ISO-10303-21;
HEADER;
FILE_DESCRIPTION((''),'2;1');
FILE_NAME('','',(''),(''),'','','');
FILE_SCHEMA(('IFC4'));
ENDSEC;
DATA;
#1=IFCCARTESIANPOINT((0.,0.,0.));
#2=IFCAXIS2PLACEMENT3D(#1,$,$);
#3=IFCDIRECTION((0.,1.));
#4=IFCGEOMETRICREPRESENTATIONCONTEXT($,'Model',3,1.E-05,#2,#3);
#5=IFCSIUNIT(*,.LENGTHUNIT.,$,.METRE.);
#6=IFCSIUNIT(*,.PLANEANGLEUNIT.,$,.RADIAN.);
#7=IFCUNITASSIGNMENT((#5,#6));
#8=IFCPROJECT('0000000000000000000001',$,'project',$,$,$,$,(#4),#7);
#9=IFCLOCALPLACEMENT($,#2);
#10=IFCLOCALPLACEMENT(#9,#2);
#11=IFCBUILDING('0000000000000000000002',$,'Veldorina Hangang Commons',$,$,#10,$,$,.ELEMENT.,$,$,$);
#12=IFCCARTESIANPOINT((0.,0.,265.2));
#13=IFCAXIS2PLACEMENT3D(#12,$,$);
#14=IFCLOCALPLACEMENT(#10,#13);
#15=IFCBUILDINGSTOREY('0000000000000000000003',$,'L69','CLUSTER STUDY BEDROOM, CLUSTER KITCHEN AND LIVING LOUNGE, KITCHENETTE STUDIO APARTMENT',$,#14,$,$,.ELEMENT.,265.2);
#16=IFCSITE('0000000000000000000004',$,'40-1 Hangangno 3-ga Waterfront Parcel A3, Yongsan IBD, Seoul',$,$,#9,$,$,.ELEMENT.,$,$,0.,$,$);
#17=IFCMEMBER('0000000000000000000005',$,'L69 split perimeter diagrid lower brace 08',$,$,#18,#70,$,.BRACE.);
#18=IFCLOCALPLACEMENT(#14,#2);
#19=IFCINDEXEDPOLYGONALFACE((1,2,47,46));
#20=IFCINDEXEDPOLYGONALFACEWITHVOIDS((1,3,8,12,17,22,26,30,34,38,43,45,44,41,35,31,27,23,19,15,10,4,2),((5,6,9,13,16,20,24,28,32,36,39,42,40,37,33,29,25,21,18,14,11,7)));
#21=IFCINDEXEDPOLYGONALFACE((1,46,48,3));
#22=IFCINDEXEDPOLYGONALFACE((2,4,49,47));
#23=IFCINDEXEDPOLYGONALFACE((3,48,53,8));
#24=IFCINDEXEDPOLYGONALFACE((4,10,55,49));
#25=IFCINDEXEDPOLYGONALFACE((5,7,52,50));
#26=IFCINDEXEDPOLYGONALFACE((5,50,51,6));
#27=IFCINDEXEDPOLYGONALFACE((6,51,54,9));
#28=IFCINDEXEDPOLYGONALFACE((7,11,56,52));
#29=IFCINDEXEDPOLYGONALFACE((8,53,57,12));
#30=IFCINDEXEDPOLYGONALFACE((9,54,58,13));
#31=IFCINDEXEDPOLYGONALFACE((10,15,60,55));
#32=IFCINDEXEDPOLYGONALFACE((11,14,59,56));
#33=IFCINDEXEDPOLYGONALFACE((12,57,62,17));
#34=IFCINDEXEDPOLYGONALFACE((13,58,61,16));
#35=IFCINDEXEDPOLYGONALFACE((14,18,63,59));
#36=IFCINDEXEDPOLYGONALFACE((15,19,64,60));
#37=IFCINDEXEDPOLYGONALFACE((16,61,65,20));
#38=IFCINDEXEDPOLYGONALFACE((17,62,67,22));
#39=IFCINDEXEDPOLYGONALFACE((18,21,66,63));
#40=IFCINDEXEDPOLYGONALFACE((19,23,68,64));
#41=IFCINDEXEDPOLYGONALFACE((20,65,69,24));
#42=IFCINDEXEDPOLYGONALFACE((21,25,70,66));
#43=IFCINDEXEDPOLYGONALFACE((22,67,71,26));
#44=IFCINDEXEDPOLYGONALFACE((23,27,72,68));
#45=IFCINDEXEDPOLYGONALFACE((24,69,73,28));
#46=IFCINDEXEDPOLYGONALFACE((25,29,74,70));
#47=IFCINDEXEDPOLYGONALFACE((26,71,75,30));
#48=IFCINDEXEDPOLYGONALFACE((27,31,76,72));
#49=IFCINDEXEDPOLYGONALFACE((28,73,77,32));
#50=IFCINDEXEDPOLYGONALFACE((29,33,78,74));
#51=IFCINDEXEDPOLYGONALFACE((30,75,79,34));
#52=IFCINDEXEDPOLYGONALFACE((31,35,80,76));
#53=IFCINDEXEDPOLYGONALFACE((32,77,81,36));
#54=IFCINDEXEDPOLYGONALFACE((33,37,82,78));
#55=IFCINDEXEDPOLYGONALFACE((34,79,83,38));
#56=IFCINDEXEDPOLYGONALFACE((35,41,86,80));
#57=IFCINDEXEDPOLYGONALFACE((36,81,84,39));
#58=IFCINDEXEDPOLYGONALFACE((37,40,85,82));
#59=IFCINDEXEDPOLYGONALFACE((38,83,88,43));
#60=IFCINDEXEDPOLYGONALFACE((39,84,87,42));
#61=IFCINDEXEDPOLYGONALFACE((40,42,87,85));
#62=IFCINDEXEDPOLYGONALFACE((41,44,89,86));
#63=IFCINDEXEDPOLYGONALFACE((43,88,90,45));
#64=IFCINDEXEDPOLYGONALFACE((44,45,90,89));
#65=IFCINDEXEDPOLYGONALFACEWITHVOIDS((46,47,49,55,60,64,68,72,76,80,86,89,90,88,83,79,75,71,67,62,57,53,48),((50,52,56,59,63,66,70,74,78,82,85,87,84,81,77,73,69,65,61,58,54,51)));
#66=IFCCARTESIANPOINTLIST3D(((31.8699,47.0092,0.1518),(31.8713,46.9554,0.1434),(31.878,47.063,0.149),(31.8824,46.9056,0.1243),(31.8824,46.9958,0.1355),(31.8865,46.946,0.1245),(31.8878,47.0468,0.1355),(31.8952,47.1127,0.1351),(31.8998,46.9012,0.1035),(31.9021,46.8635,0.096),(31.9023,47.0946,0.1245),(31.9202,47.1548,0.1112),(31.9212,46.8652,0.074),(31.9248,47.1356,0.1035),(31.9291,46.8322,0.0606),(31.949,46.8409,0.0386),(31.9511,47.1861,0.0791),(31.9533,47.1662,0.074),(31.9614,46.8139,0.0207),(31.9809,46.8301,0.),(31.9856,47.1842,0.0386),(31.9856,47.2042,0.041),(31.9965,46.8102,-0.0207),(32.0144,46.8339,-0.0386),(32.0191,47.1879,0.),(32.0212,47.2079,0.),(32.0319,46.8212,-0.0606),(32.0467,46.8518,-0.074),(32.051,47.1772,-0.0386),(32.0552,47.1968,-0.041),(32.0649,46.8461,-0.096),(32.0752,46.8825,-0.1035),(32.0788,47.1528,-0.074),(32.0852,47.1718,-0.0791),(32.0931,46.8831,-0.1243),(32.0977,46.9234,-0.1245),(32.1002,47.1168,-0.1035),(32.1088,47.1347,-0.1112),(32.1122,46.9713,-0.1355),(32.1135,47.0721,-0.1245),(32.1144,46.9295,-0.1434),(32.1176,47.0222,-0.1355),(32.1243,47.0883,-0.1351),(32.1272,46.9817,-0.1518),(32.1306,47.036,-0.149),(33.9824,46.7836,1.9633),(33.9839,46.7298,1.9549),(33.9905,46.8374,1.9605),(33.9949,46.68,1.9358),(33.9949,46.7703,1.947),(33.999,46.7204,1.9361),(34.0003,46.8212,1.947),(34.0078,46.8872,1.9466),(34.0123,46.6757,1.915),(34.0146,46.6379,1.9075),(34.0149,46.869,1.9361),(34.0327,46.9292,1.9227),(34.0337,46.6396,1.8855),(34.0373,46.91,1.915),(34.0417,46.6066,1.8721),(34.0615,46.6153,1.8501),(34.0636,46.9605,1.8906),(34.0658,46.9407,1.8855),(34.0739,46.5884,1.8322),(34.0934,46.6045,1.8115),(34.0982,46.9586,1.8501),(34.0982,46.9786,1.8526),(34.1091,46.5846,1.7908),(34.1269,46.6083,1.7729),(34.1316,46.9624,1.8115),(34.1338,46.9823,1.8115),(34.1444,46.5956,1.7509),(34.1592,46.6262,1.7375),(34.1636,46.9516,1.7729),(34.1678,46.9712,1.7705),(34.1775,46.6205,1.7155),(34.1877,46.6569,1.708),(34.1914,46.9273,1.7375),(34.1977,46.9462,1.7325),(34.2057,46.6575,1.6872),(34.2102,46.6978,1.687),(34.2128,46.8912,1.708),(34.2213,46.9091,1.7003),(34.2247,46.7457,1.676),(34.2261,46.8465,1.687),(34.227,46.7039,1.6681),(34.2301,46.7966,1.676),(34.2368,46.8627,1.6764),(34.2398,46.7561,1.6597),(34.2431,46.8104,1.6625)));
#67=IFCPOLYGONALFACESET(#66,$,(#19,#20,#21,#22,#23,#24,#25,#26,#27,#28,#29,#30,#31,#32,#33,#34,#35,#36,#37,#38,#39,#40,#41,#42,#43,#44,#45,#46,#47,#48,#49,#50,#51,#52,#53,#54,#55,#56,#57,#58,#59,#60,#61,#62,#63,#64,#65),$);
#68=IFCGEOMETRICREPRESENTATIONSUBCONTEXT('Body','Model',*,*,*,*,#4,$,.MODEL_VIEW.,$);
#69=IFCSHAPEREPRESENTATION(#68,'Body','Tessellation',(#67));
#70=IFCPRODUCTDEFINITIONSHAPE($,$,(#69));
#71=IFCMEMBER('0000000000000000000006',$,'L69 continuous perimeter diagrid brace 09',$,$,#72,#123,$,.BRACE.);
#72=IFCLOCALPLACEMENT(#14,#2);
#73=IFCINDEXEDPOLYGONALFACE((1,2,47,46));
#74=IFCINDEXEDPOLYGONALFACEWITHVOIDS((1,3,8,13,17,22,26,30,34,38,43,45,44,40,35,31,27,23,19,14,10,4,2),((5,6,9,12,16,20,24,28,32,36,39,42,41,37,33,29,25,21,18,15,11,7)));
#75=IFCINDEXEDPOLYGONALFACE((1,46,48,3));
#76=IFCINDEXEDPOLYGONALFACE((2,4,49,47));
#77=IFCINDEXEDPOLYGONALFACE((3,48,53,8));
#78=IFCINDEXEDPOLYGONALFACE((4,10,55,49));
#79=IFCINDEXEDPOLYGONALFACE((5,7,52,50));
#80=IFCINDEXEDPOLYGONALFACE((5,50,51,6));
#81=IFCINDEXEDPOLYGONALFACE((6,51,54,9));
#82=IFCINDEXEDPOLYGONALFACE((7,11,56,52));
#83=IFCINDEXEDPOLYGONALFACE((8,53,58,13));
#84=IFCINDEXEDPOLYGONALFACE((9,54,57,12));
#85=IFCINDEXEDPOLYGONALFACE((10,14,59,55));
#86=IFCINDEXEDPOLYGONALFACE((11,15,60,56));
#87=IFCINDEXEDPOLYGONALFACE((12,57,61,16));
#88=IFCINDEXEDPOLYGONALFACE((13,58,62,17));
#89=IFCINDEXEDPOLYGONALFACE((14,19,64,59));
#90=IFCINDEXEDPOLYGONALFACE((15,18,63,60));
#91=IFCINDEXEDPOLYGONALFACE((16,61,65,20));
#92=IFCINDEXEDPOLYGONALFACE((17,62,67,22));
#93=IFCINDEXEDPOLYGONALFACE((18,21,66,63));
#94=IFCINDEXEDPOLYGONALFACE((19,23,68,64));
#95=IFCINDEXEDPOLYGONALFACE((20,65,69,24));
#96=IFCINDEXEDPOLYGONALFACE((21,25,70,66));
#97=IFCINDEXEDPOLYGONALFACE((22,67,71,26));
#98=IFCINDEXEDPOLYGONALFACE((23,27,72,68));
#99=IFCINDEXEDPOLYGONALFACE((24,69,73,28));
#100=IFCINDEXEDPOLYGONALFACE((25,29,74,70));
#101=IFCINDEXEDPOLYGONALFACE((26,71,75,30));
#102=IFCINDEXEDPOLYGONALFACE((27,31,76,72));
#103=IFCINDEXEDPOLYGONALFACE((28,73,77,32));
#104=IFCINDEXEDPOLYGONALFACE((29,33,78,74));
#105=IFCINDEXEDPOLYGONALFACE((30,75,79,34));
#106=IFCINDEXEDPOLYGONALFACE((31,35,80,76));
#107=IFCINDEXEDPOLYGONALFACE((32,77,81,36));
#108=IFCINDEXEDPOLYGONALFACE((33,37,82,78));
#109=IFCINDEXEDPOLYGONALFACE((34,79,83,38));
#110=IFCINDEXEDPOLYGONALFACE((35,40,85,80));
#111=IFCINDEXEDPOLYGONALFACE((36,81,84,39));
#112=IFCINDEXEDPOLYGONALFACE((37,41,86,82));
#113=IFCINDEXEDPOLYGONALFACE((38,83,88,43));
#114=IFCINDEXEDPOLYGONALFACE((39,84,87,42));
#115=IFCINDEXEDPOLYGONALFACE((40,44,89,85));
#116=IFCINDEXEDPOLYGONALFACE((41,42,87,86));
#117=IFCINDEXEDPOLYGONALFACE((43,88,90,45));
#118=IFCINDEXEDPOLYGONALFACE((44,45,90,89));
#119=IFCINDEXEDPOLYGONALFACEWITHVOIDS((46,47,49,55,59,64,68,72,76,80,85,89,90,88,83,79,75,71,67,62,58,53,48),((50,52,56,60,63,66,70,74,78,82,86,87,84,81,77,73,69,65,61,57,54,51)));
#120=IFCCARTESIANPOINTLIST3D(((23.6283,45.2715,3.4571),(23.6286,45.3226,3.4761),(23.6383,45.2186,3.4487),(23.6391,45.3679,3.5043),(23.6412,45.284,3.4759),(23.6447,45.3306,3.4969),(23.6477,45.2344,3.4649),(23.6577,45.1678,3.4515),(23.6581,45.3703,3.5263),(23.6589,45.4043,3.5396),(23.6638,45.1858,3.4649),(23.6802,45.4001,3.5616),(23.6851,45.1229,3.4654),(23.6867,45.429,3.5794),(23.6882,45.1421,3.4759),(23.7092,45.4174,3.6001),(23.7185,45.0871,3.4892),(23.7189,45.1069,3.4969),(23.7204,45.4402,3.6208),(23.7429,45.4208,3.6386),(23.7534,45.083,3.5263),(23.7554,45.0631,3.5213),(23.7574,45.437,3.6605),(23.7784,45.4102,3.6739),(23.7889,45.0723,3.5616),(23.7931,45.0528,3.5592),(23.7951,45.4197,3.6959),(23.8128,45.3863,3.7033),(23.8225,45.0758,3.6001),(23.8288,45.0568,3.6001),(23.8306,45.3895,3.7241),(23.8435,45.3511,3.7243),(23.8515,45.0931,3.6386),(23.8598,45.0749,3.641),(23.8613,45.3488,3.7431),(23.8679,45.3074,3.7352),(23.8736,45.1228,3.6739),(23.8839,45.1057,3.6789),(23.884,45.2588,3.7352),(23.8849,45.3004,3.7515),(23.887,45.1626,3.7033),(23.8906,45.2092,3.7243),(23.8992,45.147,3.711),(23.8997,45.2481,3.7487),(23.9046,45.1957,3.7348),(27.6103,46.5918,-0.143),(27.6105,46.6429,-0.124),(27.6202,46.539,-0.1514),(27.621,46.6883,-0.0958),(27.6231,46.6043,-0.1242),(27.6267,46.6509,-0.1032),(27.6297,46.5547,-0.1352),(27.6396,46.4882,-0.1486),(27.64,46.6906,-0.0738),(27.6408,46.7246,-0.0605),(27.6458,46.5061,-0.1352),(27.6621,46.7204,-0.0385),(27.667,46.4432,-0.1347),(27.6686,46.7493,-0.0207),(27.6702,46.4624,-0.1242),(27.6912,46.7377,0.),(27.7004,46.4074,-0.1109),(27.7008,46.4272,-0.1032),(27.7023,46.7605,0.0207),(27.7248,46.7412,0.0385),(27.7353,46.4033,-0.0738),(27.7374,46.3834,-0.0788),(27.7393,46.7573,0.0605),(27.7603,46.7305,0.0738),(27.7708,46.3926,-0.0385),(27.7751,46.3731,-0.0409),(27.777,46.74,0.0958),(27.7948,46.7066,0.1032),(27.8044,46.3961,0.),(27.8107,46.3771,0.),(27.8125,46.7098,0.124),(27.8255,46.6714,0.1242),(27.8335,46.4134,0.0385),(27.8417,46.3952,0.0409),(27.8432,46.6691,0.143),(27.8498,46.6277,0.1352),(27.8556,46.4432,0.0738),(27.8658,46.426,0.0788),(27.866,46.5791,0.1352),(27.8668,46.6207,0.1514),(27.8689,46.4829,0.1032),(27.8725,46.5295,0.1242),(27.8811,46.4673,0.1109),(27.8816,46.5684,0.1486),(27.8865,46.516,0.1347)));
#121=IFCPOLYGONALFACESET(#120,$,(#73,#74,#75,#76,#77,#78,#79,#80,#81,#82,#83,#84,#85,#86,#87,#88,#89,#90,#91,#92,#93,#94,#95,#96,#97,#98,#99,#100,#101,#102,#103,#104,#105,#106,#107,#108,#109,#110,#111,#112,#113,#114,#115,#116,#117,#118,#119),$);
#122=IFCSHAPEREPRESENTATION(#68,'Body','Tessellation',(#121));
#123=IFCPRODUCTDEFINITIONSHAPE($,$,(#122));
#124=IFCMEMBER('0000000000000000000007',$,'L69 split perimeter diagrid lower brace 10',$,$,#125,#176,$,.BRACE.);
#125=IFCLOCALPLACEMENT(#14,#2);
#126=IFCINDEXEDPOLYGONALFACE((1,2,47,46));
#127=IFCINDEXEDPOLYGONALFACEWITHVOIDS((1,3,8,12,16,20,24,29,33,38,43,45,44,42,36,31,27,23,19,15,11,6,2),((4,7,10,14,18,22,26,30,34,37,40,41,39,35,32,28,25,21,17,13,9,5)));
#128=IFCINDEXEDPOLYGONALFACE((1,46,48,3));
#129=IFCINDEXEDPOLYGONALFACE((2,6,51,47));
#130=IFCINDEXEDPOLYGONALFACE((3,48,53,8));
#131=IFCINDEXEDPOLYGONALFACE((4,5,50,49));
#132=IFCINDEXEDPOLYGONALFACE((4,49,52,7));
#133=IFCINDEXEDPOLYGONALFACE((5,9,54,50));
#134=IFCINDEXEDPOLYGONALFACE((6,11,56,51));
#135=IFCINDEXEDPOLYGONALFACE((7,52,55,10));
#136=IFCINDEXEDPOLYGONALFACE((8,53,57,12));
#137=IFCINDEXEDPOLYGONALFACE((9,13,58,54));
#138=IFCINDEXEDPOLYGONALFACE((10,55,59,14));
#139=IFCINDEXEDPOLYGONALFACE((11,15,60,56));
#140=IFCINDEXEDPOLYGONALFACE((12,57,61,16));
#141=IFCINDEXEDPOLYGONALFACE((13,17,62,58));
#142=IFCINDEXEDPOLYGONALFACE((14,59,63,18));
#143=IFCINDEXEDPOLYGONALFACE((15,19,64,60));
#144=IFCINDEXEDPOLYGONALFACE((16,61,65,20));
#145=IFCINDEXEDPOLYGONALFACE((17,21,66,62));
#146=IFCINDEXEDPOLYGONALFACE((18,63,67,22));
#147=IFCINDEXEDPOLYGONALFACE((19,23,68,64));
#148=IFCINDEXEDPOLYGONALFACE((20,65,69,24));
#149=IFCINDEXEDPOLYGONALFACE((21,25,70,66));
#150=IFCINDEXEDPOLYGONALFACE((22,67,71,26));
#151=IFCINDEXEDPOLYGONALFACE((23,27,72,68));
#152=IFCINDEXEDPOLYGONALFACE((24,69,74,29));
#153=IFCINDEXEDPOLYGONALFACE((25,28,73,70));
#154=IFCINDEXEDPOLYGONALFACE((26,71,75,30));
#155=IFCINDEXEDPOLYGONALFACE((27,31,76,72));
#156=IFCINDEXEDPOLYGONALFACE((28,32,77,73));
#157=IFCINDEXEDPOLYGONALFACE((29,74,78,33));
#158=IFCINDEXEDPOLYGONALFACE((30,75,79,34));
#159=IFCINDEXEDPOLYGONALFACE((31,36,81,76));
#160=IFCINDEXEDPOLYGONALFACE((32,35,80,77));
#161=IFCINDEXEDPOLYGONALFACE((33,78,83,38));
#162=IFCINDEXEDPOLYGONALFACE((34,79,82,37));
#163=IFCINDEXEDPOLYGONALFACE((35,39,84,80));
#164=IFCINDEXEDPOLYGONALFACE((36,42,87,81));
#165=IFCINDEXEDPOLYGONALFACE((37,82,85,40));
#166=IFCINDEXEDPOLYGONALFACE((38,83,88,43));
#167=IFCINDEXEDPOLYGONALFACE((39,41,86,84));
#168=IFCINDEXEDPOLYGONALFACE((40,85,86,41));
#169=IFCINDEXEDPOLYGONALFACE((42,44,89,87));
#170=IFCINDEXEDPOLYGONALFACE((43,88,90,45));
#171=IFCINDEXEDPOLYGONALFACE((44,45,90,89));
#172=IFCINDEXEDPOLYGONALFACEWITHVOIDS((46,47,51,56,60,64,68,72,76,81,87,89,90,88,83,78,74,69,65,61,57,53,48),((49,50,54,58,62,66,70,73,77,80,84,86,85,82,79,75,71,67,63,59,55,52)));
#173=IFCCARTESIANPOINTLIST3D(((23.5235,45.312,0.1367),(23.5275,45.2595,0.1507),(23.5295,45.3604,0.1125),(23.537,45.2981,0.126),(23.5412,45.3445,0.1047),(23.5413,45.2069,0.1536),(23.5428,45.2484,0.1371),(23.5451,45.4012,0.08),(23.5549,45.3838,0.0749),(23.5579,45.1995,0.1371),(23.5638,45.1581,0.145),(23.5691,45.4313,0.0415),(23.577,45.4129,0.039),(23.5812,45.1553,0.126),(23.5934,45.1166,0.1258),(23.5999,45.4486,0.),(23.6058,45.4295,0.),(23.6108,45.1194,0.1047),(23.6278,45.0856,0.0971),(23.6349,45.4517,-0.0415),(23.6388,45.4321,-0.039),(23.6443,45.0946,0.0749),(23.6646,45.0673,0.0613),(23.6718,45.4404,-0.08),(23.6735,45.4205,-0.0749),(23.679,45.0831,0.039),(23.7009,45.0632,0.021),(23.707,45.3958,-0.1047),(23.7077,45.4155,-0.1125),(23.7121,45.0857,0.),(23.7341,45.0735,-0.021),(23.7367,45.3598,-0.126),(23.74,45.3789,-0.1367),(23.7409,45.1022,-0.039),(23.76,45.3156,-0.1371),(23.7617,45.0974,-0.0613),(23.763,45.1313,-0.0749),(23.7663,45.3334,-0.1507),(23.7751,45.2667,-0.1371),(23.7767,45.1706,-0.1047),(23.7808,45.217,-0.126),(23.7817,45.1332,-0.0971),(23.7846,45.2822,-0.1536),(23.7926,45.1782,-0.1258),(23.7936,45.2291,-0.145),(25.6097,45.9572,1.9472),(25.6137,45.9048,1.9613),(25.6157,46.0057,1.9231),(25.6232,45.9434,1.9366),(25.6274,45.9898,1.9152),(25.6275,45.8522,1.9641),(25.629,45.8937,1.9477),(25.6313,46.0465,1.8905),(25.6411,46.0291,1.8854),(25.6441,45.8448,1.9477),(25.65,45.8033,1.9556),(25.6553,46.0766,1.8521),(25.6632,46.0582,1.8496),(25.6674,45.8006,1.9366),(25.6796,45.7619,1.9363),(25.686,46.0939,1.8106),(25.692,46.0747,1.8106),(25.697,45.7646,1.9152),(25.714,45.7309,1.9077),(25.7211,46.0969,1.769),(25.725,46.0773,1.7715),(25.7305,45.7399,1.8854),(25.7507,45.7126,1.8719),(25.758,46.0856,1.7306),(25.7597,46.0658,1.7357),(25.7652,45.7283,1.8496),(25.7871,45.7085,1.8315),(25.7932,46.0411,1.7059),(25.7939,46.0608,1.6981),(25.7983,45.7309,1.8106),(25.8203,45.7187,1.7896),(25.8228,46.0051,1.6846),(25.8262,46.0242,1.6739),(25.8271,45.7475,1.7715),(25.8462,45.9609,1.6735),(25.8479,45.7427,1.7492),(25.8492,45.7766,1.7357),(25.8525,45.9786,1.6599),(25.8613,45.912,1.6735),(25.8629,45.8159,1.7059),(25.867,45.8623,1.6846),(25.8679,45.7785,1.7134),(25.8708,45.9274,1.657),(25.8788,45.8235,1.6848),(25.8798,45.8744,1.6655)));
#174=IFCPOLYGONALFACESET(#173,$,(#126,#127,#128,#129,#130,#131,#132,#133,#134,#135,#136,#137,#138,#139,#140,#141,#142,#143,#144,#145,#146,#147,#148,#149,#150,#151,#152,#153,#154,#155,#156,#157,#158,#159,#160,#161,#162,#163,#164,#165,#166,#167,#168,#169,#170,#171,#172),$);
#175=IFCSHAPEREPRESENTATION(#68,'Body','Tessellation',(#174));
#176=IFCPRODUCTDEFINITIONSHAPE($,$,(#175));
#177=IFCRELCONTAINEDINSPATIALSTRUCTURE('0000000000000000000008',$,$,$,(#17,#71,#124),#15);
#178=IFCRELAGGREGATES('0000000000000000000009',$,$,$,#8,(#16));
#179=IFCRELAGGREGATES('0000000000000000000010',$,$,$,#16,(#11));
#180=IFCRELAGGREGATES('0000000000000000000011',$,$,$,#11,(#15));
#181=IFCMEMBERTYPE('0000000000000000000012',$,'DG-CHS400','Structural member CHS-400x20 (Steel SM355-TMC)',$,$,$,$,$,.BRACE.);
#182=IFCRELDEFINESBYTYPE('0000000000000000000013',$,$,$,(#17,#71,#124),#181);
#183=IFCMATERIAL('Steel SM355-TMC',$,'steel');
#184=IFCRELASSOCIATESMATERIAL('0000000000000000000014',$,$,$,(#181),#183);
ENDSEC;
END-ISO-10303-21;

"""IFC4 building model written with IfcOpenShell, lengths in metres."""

from ifc_helpers import new_model, si_unit, direction, frame, origin, origin_2d, place, context, subcontext, project, spatial, hollow_circle, extrude, material, material_profile, profile_set, type_object, element, save


model = new_model("IFC4")

# Units and contexts
model_context = context("Model", 3, precision=1e-05, world=origin(), true_north=direction((0.0, 1.0)))
body_context = subcontext(model_context, "Body", "Model", "MODEL_VIEW")
ifc_project = project(units=[si_unit("LENGTHUNIT", "METRE"), si_unit("PLANEANGLEUNIT", "RADIAN")], contexts=[model_context])

# Site, building, storey
site_placement = place(None, origin())
site = spatial("IfcSite", under=ifc_project, at=site_placement, Name="40-1 Hangangno 3-ga Waterfront Parcel A3, Yongsan IBD, Seoul", CompositionType="ELEMENT", RefElevation=0.0)
building_placement = place(site_placement, origin())
building = spatial("IfcBuilding", under=site, at=building_placement, Name="Veldorina Hangang Commons", CompositionType="ELEMENT")
storey_placement = place(building_placement, frame((0.0, 0.0, 265.2)))
storey = spatial("IfcBuildingStorey", under=building, at=storey_placement, Name="L69", Description="CLUSTER STUDY BEDROOM, CLUSTER KITCHEN AND LIVING LOUNGE, KITCHENETTE STUDIO APARTMENT", CompositionType="ELEMENT", Elevation=265.2)

# Shared definitions
ifc_material_1 = material(Name="Steel SM355-TMC", Category="steel")

# Members
ifc_material_profile_1 = material_profile(ifc_material_1, hollow_circle(Radius=0.2, WallThickness=0.02, at=origin_2d()), Name="CHS-400x20")
ifc_profile_set_1 = profile_set([ifc_material_profile_1], Name="Steel SM355-TMC")
member_type_1 = type_object("IfcMemberType", Name="DG-CHS400", Description="Structural member CHS-400x20 (Steel SM355-TMC)", PredefinedType="BRACE", material=ifc_profile_set_1)
member_1_placement = place(storey_placement, frame((32.0, 47.009, 0.0), z_axis=(0.756638, -0.080797, 0.648822), x_axis=(0.10618, 0.994347, 0.0)))
element("IfcMember", 1, at=member_1_placement, inside=storey, type_object=member_type_1, Name="L69 split perimeter diagrid lower brace 08", PredefinedType="BRACE", context=body_context, shape_type="SweptSolid", body=[
    extrude(hollow_circle(Radius=0.2, WallThickness=0.02, at=origin_2d()), origin(), (0.0, 0.0, 1.0), 2.792),
])
member_2_placement = place(storey_placement, frame((27.7478, 46.5669, 0.0), z_axis=(-0.72031, -0.238837, 0.651238), x_axis=(0.314726, -0.949183, 0.0)))
element("IfcMember", 2, at=member_2_placement, inside=storey, type_object=member_type_1, Name="L69 continuous perimeter diagrid brace 09", PredefinedType="BRACE", context=body_context, shape_type="SweptSolid", body=[
    extrude(hollow_circle(Radius=0.2, WallThickness=0.02, at=origin_2d()), origin(), (0.0, 0.0, 1.0), 5.5281),
])
member_3_placement = place(storey_placement, frame((23.6589, 45.2576, 0.0), z_axis=(0.735438, 0.227474, 0.638269), x_axis=(-0.295492, 0.955345, 0.0)))
element("IfcMember", 3, at=member_3_placement, inside=storey, type_object=member_type_1, Name="L69 split perimeter diagrid lower brace 10", PredefinedType="BRACE", context=body_context, shape_type="SweptSolid", body=[
    extrude(hollow_circle(Radius=0.2, WallThickness=0.02, at=origin_2d()), origin(), (0.0, 0.0, 1.0), 2.8367),
])

save(model, "model.ifc")
